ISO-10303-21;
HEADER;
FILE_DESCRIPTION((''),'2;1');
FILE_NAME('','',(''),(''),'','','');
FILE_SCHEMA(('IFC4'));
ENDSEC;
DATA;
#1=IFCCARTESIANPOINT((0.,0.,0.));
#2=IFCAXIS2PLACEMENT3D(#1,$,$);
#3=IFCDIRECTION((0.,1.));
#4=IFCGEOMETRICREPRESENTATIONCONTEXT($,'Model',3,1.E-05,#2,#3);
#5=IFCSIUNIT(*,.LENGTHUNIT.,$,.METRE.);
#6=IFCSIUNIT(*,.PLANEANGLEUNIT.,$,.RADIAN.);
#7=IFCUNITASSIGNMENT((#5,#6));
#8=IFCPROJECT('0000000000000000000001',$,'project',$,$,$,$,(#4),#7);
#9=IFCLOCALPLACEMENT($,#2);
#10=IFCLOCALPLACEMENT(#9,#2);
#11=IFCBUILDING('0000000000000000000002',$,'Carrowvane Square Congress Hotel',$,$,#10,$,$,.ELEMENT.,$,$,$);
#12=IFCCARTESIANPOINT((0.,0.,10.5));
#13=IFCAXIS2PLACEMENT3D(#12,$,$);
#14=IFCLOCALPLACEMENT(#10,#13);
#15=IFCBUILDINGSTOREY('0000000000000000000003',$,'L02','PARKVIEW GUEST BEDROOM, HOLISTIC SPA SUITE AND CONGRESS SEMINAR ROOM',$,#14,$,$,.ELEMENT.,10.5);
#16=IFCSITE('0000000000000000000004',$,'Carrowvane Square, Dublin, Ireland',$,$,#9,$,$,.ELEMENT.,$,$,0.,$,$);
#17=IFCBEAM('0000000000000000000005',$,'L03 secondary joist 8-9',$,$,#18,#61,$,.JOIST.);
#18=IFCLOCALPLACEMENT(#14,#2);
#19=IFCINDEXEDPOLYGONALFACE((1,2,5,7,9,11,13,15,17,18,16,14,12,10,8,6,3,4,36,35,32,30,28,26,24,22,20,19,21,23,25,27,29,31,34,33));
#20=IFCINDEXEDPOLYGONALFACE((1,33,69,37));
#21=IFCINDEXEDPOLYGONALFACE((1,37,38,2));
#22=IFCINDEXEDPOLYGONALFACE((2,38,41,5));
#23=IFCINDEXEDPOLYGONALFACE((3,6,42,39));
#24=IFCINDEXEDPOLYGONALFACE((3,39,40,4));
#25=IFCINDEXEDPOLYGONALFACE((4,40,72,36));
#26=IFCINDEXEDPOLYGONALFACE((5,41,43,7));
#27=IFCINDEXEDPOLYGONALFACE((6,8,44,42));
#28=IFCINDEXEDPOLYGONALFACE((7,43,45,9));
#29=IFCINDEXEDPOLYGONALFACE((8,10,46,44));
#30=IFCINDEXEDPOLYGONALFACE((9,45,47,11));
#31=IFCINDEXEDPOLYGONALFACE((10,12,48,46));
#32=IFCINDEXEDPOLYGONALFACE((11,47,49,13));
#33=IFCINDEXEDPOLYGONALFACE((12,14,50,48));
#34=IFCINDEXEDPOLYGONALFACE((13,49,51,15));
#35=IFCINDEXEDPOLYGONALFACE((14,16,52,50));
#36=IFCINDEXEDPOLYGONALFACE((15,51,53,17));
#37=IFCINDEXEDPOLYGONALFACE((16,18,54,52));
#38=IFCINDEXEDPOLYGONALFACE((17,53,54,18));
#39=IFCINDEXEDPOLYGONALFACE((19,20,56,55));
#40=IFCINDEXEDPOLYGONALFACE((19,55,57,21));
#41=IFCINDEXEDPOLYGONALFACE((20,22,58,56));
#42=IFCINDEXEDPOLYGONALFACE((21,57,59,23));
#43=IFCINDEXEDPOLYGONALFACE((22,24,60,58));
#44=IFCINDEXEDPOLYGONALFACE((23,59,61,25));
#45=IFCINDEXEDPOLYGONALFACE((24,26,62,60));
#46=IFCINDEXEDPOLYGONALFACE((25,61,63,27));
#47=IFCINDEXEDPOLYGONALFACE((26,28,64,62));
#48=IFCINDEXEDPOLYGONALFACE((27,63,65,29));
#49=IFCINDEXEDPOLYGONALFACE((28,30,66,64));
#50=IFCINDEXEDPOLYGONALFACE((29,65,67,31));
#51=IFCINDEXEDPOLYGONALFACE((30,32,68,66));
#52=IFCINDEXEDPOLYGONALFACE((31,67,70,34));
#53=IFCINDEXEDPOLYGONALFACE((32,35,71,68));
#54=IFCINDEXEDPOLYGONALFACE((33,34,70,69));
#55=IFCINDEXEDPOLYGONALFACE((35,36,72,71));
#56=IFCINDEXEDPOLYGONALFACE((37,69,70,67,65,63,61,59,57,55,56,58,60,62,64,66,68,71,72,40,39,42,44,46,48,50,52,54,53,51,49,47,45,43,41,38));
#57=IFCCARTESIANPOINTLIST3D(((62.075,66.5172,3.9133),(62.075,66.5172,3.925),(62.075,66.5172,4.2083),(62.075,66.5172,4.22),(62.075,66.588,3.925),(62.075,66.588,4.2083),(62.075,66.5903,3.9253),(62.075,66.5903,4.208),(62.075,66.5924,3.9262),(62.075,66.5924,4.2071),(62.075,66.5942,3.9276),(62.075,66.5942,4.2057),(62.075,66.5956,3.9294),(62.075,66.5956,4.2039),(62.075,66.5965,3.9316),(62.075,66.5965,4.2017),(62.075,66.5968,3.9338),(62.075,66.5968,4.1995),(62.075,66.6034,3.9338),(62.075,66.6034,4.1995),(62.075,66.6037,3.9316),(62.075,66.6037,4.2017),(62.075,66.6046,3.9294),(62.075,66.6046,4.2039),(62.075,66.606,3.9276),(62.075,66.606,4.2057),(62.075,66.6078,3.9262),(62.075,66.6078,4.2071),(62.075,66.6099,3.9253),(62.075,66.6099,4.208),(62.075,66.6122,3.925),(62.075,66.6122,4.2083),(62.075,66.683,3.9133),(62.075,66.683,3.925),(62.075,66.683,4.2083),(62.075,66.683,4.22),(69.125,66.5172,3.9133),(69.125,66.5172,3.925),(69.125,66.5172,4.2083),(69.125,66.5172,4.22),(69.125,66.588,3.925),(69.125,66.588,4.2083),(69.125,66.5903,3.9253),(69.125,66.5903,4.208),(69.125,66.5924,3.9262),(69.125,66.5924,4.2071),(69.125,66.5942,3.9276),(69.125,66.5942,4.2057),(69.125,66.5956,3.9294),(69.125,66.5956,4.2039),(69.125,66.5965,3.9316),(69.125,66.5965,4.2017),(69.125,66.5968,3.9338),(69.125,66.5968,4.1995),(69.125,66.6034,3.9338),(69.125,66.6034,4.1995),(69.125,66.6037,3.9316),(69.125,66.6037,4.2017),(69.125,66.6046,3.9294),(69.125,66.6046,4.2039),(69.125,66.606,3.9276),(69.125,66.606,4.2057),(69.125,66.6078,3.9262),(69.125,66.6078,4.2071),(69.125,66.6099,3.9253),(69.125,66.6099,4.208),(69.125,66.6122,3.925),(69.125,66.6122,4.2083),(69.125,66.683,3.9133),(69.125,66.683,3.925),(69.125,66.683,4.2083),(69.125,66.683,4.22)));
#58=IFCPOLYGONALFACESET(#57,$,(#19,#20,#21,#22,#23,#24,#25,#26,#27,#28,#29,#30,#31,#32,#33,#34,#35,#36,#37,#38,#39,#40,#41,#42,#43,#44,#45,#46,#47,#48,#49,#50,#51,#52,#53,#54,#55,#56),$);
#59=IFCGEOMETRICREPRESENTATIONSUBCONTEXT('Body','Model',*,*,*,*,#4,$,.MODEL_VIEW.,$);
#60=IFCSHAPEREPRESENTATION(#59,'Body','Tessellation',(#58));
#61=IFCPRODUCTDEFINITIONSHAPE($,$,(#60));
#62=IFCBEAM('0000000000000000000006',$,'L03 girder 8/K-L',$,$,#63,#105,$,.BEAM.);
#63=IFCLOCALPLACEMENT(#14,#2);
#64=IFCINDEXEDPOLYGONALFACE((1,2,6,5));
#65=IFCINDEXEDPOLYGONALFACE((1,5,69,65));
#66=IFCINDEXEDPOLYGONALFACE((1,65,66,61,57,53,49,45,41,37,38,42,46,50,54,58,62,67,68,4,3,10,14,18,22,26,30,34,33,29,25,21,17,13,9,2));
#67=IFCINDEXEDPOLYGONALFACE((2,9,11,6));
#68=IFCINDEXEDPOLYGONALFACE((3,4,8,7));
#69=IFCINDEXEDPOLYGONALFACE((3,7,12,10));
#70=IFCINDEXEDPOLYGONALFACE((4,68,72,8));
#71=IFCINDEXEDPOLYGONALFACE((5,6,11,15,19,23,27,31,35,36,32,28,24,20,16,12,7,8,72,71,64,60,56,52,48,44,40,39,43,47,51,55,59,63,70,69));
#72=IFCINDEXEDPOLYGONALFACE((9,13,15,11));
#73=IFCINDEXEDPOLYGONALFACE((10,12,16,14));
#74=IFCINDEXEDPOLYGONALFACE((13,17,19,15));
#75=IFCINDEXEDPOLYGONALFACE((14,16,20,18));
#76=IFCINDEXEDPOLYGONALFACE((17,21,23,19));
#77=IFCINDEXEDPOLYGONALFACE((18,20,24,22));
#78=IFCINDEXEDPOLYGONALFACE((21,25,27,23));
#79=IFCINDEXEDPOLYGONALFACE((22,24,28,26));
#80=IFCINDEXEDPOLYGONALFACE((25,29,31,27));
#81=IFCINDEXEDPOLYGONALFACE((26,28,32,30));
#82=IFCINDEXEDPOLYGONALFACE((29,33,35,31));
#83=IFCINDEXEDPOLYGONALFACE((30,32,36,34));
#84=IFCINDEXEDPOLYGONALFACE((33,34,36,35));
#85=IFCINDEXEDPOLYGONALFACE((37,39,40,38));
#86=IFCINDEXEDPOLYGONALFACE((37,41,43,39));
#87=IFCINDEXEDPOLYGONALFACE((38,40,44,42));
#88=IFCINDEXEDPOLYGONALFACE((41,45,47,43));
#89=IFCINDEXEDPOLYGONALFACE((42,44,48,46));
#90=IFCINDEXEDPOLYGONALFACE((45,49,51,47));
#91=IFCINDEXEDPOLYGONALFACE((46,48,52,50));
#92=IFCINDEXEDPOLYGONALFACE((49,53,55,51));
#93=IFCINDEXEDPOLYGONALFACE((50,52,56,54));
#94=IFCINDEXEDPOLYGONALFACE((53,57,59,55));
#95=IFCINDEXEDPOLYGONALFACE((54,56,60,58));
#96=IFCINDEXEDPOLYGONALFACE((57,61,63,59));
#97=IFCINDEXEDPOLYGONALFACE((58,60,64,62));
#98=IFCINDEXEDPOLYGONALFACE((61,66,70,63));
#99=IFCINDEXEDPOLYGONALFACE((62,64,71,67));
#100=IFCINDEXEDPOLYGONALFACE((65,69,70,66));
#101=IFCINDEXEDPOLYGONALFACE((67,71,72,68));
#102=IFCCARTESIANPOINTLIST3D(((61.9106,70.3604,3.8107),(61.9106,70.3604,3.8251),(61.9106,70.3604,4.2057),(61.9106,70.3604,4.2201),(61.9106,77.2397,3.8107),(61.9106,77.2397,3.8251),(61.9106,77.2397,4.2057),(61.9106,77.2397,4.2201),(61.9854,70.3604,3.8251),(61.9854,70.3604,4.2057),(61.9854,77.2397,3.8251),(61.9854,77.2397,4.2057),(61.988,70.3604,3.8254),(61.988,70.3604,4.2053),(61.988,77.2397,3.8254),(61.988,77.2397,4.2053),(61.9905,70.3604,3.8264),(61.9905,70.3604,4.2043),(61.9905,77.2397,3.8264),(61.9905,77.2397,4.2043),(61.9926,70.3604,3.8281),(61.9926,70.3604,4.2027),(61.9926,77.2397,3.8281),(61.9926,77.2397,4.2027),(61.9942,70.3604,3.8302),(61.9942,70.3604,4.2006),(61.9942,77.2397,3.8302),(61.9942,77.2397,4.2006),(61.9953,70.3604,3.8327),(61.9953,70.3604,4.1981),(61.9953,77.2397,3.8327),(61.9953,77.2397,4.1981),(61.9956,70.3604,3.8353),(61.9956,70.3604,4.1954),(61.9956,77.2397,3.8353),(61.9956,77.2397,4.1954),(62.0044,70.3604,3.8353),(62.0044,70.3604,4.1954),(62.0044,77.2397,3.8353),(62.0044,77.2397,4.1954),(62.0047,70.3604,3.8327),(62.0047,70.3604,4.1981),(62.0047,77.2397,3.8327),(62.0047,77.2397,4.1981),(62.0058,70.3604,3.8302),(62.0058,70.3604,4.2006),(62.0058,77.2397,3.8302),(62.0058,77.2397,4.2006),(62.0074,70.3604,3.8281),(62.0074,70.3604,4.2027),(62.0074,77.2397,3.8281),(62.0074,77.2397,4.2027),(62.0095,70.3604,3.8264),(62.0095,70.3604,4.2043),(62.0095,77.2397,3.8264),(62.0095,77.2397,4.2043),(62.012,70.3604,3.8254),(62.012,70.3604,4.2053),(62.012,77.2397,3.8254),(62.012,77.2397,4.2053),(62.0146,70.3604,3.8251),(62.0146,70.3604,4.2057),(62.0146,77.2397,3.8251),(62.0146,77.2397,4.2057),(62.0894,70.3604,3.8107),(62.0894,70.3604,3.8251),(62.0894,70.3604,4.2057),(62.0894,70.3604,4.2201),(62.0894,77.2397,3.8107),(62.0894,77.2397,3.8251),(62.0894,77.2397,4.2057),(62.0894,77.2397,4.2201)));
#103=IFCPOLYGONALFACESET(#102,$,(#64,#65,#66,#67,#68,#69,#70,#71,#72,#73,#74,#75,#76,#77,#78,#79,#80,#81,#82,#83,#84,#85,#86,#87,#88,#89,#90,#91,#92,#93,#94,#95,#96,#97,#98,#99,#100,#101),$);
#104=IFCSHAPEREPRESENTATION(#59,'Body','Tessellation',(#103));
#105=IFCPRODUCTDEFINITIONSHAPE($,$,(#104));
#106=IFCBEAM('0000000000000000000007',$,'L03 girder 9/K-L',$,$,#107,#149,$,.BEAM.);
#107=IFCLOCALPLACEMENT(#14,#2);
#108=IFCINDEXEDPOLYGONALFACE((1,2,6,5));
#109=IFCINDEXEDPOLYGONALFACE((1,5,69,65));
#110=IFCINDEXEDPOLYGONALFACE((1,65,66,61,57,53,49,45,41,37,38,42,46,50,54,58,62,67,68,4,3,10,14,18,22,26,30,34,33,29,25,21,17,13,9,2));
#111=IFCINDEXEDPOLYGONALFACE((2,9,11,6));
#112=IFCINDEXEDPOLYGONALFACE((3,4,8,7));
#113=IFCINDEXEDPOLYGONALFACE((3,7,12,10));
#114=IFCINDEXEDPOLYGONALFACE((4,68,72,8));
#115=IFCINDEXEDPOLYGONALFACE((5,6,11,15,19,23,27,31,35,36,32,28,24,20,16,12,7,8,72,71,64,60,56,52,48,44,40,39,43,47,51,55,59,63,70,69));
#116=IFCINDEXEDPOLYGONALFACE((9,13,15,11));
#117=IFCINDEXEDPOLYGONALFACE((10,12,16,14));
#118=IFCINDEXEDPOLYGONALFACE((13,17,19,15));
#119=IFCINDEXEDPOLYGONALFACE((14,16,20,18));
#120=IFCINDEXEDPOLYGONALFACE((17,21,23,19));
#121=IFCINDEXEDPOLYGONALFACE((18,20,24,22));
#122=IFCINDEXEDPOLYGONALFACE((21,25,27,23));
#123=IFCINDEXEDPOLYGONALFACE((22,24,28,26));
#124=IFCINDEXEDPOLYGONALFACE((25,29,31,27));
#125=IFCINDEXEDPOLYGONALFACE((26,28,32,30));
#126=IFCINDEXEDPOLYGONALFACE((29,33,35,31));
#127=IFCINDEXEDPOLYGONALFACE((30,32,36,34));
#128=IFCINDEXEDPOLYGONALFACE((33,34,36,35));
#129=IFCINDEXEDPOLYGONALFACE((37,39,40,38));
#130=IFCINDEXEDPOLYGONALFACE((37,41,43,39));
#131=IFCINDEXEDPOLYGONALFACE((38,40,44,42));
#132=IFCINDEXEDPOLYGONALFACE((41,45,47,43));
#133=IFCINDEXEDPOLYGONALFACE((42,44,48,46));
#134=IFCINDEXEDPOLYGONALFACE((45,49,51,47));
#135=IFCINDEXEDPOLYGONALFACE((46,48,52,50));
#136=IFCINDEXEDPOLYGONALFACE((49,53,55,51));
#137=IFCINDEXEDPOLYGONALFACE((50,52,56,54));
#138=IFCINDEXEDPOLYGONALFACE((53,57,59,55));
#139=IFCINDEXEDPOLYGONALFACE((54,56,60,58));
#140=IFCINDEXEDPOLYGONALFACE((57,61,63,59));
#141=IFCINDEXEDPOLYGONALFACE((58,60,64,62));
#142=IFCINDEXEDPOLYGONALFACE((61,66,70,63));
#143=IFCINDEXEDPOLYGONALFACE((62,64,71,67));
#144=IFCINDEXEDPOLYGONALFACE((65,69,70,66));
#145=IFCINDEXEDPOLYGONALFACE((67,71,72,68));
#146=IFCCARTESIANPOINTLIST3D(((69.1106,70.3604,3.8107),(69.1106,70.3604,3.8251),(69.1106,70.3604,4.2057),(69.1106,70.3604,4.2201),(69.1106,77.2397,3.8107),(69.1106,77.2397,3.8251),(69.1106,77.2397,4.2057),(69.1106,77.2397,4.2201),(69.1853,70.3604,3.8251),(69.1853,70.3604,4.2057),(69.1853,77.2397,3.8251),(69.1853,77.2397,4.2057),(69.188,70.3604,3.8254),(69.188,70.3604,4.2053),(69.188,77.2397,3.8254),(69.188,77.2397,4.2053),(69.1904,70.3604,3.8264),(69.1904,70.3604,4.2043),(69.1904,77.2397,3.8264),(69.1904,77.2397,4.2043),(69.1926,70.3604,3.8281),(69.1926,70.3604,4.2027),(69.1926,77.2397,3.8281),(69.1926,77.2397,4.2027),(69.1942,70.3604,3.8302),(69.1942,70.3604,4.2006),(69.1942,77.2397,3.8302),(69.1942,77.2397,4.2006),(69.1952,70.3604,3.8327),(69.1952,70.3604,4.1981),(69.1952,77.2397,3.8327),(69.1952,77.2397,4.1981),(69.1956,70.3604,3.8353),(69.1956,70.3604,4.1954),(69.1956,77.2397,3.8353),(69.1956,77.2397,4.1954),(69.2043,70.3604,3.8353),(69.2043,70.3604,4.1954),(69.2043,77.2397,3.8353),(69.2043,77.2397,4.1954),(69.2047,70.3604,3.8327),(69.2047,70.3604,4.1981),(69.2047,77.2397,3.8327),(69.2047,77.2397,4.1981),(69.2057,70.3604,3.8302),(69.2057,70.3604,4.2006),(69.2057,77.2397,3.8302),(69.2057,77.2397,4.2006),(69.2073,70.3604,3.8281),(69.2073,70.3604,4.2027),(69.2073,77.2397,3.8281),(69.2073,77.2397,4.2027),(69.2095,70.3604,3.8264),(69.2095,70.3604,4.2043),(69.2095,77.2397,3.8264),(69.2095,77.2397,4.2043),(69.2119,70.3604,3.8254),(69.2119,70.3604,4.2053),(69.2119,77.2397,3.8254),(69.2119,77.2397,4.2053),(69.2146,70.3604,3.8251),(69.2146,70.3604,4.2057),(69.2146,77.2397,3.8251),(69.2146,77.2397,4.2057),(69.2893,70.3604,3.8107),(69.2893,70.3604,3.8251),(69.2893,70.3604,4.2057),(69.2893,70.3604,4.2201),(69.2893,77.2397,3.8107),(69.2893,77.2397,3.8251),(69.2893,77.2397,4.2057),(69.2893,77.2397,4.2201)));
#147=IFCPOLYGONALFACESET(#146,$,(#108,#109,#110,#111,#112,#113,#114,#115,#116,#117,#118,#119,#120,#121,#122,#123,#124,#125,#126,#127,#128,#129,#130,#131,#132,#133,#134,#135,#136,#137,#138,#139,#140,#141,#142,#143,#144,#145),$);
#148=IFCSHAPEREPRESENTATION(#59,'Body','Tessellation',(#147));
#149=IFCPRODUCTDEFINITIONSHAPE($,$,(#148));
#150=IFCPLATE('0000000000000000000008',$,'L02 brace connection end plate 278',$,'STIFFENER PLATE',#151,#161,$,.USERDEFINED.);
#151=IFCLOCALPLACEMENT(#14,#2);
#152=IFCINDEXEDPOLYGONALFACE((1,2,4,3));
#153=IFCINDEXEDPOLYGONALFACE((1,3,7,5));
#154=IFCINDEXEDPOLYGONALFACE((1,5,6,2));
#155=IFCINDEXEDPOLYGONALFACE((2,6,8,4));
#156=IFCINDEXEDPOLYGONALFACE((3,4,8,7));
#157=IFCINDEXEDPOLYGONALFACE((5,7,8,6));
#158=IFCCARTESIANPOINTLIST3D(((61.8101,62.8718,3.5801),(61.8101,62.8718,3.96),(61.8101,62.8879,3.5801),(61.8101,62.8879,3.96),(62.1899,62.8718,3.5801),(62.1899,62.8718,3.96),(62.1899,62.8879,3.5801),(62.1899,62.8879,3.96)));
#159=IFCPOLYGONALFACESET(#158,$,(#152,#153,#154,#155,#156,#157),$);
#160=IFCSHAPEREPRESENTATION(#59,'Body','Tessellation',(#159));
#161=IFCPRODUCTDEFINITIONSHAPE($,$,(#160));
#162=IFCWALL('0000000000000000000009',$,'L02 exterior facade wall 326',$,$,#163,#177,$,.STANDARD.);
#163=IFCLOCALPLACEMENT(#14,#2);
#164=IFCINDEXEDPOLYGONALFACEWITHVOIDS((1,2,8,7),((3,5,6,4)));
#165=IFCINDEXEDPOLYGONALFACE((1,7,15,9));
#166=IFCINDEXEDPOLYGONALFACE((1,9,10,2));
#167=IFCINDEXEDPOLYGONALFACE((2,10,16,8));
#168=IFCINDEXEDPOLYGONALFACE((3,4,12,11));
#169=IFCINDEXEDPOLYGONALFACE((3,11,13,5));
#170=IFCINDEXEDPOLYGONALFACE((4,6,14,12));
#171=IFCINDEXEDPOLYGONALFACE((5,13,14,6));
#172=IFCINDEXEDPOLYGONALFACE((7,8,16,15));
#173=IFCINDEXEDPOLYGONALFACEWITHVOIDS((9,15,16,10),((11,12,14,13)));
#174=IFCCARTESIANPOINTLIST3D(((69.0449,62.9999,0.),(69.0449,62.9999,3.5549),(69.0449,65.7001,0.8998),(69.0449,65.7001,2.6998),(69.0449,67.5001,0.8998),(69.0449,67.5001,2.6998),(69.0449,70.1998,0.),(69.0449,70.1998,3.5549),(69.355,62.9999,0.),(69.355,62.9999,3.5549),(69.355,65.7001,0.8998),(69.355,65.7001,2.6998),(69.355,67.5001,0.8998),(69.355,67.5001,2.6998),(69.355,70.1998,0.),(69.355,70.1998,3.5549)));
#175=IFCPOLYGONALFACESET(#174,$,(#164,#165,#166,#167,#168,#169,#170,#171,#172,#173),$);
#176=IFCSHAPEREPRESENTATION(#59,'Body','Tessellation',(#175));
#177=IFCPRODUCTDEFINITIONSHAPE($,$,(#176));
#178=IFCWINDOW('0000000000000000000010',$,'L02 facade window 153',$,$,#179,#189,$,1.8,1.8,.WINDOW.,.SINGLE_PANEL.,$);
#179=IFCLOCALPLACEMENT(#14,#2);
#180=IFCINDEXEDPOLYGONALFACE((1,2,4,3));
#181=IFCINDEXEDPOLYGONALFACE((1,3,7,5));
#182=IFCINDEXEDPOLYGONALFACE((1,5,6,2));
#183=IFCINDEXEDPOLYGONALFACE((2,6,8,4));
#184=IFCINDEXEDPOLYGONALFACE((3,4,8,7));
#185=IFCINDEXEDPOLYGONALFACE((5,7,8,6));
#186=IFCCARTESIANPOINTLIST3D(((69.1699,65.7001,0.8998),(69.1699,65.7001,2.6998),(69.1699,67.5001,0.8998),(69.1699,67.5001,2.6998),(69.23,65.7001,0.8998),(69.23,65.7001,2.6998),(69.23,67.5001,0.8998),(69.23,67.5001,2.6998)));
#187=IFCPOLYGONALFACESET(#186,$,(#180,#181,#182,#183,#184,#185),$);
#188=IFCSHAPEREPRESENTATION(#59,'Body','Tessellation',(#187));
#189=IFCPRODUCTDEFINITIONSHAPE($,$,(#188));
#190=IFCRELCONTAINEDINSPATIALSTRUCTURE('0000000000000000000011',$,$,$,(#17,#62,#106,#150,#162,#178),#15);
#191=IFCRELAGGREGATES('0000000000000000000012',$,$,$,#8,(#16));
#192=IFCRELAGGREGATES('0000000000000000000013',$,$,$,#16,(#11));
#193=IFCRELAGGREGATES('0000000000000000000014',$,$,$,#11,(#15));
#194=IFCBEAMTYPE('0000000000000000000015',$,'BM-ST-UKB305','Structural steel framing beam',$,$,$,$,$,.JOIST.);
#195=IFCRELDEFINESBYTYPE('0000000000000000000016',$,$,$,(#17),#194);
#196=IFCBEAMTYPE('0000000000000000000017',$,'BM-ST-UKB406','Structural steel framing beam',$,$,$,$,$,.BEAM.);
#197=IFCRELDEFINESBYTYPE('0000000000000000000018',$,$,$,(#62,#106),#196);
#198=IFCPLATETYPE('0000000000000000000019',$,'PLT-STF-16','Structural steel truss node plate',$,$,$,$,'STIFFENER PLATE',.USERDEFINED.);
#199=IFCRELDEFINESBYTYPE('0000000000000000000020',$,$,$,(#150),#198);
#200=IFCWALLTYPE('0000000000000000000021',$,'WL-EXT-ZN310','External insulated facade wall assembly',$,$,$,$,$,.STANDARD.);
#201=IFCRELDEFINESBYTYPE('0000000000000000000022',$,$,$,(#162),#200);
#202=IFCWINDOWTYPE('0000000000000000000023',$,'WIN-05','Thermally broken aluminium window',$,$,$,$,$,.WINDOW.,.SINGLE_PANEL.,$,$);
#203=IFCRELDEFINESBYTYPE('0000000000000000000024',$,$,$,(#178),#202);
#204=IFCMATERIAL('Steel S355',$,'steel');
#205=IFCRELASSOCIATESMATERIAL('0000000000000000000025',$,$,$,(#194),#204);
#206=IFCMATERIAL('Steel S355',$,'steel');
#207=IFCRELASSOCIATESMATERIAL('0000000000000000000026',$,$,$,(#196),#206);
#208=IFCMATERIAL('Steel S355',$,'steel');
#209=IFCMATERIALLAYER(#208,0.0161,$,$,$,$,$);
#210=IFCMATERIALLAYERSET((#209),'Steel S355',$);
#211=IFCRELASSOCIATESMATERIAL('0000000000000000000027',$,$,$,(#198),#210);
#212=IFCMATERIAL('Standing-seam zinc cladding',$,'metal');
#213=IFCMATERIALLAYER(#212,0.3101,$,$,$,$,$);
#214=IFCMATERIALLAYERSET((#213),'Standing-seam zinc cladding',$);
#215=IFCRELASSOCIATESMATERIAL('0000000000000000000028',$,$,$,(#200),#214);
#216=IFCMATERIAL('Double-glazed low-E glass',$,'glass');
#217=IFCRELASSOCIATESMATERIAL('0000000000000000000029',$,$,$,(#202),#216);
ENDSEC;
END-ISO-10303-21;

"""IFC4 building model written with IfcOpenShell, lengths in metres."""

from ifc_helpers import new_model, si_unit, direction, frame, frame_2d, origin, origin_2d, place, context, subcontext, project, spatial, rectangle, i_section, extrude, material, layer, layer_set, material_profile, profile_set, type_object, element, fill, save


model = new_model("IFC4")

# Units and contexts
model_context = context("Model", 3, precision=1e-05, world=origin(), true_north=direction((0.0, 1.0)))
body_context = subcontext(model_context, "Body", "Model", "MODEL_VIEW")
ifc_project = project(units=[si_unit("LENGTHUNIT", "METRE"), si_unit("PLANEANGLEUNIT", "RADIAN")], contexts=[model_context])

# Site, building, storey
site_placement = place(None, origin())
site = spatial("IfcSite", under=ifc_project, at=site_placement, Name="Carrowvane Square, Dublin, Ireland", CompositionType="ELEMENT", RefElevation=0.0)
building_placement = place(site_placement, origin())
building = spatial("IfcBuilding", under=site, at=building_placement, Name="Carrowvane Square Congress Hotel", CompositionType="ELEMENT")
storey_placement = place(building_placement, frame((0.0, 0.0, 10.5)))
storey = spatial("IfcBuildingStorey", under=building, at=storey_placement, Name="L02", Description="PARKVIEW GUEST BEDROOM, HOLISTIC SPA SUITE AND CONGRESS SEMINAR ROOM", CompositionType="ELEMENT", Elevation=10.5)

# Beams
ifc_material_1 = material(Name="Steel S355", Category="steel")
ifc_material_profile_1 = material_profile(ifc_material_1, i_section(OverallWidth=0.1658, OverallDepth=0.3066, WebThickness=0.0066, FlangeThickness=0.0117, FilletRadius=0.0088, at=origin_2d()), Name="UKB 305x165x46")
ifc_profile_set_1 = profile_set([ifc_material_profile_1], Name="Steel S355")
beam_type_1 = type_object("IfcBeamType", Name="BM-ST-UKB305", Description="Structural steel framing beam", PredefinedType="JOIST", material=ifc_profile_set_1)
beam_1_placement = place(storey_placement, frame((62.075, 66.6001, 4.0667), z_axis=(1.0, 0.0, 0.0), x_axis=(0.0, 1.0, 0.0)))
element("IfcBeam", 1, at=beam_1_placement, inside=storey, type_object=beam_type_1, Name="L03 secondary joist 8-9", PredefinedType="JOIST", context=body_context, shape_type="SweptSolid", body=[
    extrude(i_section(OverallWidth=0.1658, OverallDepth=0.3066, WebThickness=0.0066, FlangeThickness=0.0117, FilletRadius=0.0088, at=origin_2d()), origin(), (0.0, 0.0, 1.0), 7.05),
])
ifc_material_2 = material(Name="Steel S355", Category="steel")
ifc_material_profile_2 = material_profile(ifc_material_2, i_section(OverallWidth=0.1787, OverallDepth=0.4094, WebThickness=0.0088, FlangeThickness=0.0144, FilletRadius=0.0103, at=origin_2d()), Name="UKB 406x178x67")
ifc_profile_set_2 = profile_set([ifc_material_profile_2], Name="Steel S355")
beam_type_2 = type_object("IfcBeamType", Name="BM-ST-UKB406", Description="Structural steel framing beam", PredefinedType="BEAM", material=ifc_profile_set_2)
for number, where, z_axis, x_axis, name in (
    (2, (62.0, 70.3604, 4.0154), (0.0, 1.0, 0.0), (-1.0, 0.0, 0.0), "L03 girder 8/K-L"),
    (3, (69.2, 70.3604, 4.0154), (0.0, 1.0, 0.0), (-1.0, 0.0, 0.0), "L03 girder 9/K-L"),
):
    element("IfcBeam", number, at=place(storey_placement, frame(where, z_axis=z_axis, x_axis=x_axis)), inside=storey, type_object=beam_type_2, Name=name, PredefinedType="BEAM", context=body_context, shape_type="SweptSolid", body=[
        extrude(i_section(OverallWidth=0.1787, OverallDepth=0.4094, WebThickness=0.0088, FlangeThickness=0.0144, FilletRadius=0.0103, at=origin_2d()), origin(), (0.0, 0.0, 1.0), 6.8794),
    ])

# Plate
ifc_material_3 = material(Name="Steel S355", Category="steel")
ifc_layer_1 = layer(ifc_material_3, 0.0161)
ifc_layer_set_1 = layer_set([ifc_layer_1], Name="Steel S355")
plate_type = type_object("IfcPlateType", Name="PLT-STF-16", Description="Structural steel truss node plate", ElementType="STIFFENER PLATE", PredefinedType="USERDEFINED", material=ifc_layer_set_1)
plate_placement = place(storey_placement, frame((62.0, 62.8799, 3.5801), z_axis=(0.0, 0.0, 1.0), x_axis=(1.0, 0.0, 0.0)))
element("IfcPlate", 4, at=plate_placement, inside=storey, type_object=plate_type, Name="L02 brace connection end plate 278", ObjectType="STIFFENER PLATE", PredefinedType="USERDEFINED", context=body_context, shape_type="SweptSolid", body=[
    extrude(rectangle(XDim=0.3799, YDim=0.0161, at=origin_2d()), origin(), (0.0, 0.0, 1.0), 0.3799),
])

# Wall, opening, window
ifc_material_4 = material(Name="Standing-seam zinc cladding", Category="metal")
ifc_layer_2 = layer(ifc_material_4, 0.3101)
ifc_layer_set_2 = layer_set([ifc_layer_2], Name="Standing-seam zinc cladding")
wall_type_1 = type_object("IfcWallType", Name="WL-EXT-ZN310", Description="External insulated facade wall assembly", PredefinedType="STANDARD", material=ifc_layer_set_2)
wall_1_placement = place(storey_placement, frame((69.2, 70.2, 0.0), z_axis=(0.0, 0.0, 1.0), x_axis=(0.0, -1.0, 0.0)))
wall_1 = element("IfcWall", 5, at=wall_1_placement, inside=storey, type_object=wall_type_1, Name="L02 exterior facade wall 326", PredefinedType="STANDARD", context=body_context, shape_type="SweptSolid", body=[
    extrude(rectangle(XDim=7.2, YDim=0.3101, at=frame_2d((3.6001, 0.0))), origin(), (0.0, 0.0, 1.0), 3.5549),
])
opening_1_placement = place(wall_1_placement, frame((2.7, 0.0, 0.8999)))
opening_1 = element("IfcOpeningElement", 6, at=opening_1_placement, cuts=wall_1, PredefinedType="OPENING", context=body_context, shape_type="SweptSolid", body=[
    extrude(rectangle(XDim=1.8, YDim=1.8, at=frame_2d((0.8999, 0.8999))), frame((0.0, 0.165, 0.0), z_axis=(0.0, -1.0, 0.0), x_axis=(1.0, 0.0, 0.0)), (0.0, 0.0, 1.0), 0.3301),
])
ifc_material_5 = material(Name="Double-glazed low-E glass", Category="glass")
window_type_1 = type_object("IfcWindowType", Name="WIN-05", Description="Thermally broken aluminium window", PartitioningType="SINGLE_PANEL", PredefinedType="WINDOW", material=ifc_material_5)
window_1_placement = place(opening_1_placement, origin())
window_1 = element("IfcWindow", 7, at=window_1_placement, inside=storey, type_object=window_type_1, Name="L02 facade window 153", OverallHeight=1.8, OverallWidth=1.8, PartitioningType="SINGLE_PANEL", PredefinedType="WINDOW", context=body_context, shape_type="SweptSolid", body=[
    extrude(rectangle(XDim=1.8, YDim=1.8, at=frame_2d((0.8999, 0.8999))), frame((0.0, 0.03, 0.0), z_axis=(0.0, -1.0, 0.0), x_axis=(1.0, 0.0, 0.0)), (0.0, 0.0, 1.0), 0.0601),
])
fill(opening_1, window_1)

save(model, "model.ifc")
